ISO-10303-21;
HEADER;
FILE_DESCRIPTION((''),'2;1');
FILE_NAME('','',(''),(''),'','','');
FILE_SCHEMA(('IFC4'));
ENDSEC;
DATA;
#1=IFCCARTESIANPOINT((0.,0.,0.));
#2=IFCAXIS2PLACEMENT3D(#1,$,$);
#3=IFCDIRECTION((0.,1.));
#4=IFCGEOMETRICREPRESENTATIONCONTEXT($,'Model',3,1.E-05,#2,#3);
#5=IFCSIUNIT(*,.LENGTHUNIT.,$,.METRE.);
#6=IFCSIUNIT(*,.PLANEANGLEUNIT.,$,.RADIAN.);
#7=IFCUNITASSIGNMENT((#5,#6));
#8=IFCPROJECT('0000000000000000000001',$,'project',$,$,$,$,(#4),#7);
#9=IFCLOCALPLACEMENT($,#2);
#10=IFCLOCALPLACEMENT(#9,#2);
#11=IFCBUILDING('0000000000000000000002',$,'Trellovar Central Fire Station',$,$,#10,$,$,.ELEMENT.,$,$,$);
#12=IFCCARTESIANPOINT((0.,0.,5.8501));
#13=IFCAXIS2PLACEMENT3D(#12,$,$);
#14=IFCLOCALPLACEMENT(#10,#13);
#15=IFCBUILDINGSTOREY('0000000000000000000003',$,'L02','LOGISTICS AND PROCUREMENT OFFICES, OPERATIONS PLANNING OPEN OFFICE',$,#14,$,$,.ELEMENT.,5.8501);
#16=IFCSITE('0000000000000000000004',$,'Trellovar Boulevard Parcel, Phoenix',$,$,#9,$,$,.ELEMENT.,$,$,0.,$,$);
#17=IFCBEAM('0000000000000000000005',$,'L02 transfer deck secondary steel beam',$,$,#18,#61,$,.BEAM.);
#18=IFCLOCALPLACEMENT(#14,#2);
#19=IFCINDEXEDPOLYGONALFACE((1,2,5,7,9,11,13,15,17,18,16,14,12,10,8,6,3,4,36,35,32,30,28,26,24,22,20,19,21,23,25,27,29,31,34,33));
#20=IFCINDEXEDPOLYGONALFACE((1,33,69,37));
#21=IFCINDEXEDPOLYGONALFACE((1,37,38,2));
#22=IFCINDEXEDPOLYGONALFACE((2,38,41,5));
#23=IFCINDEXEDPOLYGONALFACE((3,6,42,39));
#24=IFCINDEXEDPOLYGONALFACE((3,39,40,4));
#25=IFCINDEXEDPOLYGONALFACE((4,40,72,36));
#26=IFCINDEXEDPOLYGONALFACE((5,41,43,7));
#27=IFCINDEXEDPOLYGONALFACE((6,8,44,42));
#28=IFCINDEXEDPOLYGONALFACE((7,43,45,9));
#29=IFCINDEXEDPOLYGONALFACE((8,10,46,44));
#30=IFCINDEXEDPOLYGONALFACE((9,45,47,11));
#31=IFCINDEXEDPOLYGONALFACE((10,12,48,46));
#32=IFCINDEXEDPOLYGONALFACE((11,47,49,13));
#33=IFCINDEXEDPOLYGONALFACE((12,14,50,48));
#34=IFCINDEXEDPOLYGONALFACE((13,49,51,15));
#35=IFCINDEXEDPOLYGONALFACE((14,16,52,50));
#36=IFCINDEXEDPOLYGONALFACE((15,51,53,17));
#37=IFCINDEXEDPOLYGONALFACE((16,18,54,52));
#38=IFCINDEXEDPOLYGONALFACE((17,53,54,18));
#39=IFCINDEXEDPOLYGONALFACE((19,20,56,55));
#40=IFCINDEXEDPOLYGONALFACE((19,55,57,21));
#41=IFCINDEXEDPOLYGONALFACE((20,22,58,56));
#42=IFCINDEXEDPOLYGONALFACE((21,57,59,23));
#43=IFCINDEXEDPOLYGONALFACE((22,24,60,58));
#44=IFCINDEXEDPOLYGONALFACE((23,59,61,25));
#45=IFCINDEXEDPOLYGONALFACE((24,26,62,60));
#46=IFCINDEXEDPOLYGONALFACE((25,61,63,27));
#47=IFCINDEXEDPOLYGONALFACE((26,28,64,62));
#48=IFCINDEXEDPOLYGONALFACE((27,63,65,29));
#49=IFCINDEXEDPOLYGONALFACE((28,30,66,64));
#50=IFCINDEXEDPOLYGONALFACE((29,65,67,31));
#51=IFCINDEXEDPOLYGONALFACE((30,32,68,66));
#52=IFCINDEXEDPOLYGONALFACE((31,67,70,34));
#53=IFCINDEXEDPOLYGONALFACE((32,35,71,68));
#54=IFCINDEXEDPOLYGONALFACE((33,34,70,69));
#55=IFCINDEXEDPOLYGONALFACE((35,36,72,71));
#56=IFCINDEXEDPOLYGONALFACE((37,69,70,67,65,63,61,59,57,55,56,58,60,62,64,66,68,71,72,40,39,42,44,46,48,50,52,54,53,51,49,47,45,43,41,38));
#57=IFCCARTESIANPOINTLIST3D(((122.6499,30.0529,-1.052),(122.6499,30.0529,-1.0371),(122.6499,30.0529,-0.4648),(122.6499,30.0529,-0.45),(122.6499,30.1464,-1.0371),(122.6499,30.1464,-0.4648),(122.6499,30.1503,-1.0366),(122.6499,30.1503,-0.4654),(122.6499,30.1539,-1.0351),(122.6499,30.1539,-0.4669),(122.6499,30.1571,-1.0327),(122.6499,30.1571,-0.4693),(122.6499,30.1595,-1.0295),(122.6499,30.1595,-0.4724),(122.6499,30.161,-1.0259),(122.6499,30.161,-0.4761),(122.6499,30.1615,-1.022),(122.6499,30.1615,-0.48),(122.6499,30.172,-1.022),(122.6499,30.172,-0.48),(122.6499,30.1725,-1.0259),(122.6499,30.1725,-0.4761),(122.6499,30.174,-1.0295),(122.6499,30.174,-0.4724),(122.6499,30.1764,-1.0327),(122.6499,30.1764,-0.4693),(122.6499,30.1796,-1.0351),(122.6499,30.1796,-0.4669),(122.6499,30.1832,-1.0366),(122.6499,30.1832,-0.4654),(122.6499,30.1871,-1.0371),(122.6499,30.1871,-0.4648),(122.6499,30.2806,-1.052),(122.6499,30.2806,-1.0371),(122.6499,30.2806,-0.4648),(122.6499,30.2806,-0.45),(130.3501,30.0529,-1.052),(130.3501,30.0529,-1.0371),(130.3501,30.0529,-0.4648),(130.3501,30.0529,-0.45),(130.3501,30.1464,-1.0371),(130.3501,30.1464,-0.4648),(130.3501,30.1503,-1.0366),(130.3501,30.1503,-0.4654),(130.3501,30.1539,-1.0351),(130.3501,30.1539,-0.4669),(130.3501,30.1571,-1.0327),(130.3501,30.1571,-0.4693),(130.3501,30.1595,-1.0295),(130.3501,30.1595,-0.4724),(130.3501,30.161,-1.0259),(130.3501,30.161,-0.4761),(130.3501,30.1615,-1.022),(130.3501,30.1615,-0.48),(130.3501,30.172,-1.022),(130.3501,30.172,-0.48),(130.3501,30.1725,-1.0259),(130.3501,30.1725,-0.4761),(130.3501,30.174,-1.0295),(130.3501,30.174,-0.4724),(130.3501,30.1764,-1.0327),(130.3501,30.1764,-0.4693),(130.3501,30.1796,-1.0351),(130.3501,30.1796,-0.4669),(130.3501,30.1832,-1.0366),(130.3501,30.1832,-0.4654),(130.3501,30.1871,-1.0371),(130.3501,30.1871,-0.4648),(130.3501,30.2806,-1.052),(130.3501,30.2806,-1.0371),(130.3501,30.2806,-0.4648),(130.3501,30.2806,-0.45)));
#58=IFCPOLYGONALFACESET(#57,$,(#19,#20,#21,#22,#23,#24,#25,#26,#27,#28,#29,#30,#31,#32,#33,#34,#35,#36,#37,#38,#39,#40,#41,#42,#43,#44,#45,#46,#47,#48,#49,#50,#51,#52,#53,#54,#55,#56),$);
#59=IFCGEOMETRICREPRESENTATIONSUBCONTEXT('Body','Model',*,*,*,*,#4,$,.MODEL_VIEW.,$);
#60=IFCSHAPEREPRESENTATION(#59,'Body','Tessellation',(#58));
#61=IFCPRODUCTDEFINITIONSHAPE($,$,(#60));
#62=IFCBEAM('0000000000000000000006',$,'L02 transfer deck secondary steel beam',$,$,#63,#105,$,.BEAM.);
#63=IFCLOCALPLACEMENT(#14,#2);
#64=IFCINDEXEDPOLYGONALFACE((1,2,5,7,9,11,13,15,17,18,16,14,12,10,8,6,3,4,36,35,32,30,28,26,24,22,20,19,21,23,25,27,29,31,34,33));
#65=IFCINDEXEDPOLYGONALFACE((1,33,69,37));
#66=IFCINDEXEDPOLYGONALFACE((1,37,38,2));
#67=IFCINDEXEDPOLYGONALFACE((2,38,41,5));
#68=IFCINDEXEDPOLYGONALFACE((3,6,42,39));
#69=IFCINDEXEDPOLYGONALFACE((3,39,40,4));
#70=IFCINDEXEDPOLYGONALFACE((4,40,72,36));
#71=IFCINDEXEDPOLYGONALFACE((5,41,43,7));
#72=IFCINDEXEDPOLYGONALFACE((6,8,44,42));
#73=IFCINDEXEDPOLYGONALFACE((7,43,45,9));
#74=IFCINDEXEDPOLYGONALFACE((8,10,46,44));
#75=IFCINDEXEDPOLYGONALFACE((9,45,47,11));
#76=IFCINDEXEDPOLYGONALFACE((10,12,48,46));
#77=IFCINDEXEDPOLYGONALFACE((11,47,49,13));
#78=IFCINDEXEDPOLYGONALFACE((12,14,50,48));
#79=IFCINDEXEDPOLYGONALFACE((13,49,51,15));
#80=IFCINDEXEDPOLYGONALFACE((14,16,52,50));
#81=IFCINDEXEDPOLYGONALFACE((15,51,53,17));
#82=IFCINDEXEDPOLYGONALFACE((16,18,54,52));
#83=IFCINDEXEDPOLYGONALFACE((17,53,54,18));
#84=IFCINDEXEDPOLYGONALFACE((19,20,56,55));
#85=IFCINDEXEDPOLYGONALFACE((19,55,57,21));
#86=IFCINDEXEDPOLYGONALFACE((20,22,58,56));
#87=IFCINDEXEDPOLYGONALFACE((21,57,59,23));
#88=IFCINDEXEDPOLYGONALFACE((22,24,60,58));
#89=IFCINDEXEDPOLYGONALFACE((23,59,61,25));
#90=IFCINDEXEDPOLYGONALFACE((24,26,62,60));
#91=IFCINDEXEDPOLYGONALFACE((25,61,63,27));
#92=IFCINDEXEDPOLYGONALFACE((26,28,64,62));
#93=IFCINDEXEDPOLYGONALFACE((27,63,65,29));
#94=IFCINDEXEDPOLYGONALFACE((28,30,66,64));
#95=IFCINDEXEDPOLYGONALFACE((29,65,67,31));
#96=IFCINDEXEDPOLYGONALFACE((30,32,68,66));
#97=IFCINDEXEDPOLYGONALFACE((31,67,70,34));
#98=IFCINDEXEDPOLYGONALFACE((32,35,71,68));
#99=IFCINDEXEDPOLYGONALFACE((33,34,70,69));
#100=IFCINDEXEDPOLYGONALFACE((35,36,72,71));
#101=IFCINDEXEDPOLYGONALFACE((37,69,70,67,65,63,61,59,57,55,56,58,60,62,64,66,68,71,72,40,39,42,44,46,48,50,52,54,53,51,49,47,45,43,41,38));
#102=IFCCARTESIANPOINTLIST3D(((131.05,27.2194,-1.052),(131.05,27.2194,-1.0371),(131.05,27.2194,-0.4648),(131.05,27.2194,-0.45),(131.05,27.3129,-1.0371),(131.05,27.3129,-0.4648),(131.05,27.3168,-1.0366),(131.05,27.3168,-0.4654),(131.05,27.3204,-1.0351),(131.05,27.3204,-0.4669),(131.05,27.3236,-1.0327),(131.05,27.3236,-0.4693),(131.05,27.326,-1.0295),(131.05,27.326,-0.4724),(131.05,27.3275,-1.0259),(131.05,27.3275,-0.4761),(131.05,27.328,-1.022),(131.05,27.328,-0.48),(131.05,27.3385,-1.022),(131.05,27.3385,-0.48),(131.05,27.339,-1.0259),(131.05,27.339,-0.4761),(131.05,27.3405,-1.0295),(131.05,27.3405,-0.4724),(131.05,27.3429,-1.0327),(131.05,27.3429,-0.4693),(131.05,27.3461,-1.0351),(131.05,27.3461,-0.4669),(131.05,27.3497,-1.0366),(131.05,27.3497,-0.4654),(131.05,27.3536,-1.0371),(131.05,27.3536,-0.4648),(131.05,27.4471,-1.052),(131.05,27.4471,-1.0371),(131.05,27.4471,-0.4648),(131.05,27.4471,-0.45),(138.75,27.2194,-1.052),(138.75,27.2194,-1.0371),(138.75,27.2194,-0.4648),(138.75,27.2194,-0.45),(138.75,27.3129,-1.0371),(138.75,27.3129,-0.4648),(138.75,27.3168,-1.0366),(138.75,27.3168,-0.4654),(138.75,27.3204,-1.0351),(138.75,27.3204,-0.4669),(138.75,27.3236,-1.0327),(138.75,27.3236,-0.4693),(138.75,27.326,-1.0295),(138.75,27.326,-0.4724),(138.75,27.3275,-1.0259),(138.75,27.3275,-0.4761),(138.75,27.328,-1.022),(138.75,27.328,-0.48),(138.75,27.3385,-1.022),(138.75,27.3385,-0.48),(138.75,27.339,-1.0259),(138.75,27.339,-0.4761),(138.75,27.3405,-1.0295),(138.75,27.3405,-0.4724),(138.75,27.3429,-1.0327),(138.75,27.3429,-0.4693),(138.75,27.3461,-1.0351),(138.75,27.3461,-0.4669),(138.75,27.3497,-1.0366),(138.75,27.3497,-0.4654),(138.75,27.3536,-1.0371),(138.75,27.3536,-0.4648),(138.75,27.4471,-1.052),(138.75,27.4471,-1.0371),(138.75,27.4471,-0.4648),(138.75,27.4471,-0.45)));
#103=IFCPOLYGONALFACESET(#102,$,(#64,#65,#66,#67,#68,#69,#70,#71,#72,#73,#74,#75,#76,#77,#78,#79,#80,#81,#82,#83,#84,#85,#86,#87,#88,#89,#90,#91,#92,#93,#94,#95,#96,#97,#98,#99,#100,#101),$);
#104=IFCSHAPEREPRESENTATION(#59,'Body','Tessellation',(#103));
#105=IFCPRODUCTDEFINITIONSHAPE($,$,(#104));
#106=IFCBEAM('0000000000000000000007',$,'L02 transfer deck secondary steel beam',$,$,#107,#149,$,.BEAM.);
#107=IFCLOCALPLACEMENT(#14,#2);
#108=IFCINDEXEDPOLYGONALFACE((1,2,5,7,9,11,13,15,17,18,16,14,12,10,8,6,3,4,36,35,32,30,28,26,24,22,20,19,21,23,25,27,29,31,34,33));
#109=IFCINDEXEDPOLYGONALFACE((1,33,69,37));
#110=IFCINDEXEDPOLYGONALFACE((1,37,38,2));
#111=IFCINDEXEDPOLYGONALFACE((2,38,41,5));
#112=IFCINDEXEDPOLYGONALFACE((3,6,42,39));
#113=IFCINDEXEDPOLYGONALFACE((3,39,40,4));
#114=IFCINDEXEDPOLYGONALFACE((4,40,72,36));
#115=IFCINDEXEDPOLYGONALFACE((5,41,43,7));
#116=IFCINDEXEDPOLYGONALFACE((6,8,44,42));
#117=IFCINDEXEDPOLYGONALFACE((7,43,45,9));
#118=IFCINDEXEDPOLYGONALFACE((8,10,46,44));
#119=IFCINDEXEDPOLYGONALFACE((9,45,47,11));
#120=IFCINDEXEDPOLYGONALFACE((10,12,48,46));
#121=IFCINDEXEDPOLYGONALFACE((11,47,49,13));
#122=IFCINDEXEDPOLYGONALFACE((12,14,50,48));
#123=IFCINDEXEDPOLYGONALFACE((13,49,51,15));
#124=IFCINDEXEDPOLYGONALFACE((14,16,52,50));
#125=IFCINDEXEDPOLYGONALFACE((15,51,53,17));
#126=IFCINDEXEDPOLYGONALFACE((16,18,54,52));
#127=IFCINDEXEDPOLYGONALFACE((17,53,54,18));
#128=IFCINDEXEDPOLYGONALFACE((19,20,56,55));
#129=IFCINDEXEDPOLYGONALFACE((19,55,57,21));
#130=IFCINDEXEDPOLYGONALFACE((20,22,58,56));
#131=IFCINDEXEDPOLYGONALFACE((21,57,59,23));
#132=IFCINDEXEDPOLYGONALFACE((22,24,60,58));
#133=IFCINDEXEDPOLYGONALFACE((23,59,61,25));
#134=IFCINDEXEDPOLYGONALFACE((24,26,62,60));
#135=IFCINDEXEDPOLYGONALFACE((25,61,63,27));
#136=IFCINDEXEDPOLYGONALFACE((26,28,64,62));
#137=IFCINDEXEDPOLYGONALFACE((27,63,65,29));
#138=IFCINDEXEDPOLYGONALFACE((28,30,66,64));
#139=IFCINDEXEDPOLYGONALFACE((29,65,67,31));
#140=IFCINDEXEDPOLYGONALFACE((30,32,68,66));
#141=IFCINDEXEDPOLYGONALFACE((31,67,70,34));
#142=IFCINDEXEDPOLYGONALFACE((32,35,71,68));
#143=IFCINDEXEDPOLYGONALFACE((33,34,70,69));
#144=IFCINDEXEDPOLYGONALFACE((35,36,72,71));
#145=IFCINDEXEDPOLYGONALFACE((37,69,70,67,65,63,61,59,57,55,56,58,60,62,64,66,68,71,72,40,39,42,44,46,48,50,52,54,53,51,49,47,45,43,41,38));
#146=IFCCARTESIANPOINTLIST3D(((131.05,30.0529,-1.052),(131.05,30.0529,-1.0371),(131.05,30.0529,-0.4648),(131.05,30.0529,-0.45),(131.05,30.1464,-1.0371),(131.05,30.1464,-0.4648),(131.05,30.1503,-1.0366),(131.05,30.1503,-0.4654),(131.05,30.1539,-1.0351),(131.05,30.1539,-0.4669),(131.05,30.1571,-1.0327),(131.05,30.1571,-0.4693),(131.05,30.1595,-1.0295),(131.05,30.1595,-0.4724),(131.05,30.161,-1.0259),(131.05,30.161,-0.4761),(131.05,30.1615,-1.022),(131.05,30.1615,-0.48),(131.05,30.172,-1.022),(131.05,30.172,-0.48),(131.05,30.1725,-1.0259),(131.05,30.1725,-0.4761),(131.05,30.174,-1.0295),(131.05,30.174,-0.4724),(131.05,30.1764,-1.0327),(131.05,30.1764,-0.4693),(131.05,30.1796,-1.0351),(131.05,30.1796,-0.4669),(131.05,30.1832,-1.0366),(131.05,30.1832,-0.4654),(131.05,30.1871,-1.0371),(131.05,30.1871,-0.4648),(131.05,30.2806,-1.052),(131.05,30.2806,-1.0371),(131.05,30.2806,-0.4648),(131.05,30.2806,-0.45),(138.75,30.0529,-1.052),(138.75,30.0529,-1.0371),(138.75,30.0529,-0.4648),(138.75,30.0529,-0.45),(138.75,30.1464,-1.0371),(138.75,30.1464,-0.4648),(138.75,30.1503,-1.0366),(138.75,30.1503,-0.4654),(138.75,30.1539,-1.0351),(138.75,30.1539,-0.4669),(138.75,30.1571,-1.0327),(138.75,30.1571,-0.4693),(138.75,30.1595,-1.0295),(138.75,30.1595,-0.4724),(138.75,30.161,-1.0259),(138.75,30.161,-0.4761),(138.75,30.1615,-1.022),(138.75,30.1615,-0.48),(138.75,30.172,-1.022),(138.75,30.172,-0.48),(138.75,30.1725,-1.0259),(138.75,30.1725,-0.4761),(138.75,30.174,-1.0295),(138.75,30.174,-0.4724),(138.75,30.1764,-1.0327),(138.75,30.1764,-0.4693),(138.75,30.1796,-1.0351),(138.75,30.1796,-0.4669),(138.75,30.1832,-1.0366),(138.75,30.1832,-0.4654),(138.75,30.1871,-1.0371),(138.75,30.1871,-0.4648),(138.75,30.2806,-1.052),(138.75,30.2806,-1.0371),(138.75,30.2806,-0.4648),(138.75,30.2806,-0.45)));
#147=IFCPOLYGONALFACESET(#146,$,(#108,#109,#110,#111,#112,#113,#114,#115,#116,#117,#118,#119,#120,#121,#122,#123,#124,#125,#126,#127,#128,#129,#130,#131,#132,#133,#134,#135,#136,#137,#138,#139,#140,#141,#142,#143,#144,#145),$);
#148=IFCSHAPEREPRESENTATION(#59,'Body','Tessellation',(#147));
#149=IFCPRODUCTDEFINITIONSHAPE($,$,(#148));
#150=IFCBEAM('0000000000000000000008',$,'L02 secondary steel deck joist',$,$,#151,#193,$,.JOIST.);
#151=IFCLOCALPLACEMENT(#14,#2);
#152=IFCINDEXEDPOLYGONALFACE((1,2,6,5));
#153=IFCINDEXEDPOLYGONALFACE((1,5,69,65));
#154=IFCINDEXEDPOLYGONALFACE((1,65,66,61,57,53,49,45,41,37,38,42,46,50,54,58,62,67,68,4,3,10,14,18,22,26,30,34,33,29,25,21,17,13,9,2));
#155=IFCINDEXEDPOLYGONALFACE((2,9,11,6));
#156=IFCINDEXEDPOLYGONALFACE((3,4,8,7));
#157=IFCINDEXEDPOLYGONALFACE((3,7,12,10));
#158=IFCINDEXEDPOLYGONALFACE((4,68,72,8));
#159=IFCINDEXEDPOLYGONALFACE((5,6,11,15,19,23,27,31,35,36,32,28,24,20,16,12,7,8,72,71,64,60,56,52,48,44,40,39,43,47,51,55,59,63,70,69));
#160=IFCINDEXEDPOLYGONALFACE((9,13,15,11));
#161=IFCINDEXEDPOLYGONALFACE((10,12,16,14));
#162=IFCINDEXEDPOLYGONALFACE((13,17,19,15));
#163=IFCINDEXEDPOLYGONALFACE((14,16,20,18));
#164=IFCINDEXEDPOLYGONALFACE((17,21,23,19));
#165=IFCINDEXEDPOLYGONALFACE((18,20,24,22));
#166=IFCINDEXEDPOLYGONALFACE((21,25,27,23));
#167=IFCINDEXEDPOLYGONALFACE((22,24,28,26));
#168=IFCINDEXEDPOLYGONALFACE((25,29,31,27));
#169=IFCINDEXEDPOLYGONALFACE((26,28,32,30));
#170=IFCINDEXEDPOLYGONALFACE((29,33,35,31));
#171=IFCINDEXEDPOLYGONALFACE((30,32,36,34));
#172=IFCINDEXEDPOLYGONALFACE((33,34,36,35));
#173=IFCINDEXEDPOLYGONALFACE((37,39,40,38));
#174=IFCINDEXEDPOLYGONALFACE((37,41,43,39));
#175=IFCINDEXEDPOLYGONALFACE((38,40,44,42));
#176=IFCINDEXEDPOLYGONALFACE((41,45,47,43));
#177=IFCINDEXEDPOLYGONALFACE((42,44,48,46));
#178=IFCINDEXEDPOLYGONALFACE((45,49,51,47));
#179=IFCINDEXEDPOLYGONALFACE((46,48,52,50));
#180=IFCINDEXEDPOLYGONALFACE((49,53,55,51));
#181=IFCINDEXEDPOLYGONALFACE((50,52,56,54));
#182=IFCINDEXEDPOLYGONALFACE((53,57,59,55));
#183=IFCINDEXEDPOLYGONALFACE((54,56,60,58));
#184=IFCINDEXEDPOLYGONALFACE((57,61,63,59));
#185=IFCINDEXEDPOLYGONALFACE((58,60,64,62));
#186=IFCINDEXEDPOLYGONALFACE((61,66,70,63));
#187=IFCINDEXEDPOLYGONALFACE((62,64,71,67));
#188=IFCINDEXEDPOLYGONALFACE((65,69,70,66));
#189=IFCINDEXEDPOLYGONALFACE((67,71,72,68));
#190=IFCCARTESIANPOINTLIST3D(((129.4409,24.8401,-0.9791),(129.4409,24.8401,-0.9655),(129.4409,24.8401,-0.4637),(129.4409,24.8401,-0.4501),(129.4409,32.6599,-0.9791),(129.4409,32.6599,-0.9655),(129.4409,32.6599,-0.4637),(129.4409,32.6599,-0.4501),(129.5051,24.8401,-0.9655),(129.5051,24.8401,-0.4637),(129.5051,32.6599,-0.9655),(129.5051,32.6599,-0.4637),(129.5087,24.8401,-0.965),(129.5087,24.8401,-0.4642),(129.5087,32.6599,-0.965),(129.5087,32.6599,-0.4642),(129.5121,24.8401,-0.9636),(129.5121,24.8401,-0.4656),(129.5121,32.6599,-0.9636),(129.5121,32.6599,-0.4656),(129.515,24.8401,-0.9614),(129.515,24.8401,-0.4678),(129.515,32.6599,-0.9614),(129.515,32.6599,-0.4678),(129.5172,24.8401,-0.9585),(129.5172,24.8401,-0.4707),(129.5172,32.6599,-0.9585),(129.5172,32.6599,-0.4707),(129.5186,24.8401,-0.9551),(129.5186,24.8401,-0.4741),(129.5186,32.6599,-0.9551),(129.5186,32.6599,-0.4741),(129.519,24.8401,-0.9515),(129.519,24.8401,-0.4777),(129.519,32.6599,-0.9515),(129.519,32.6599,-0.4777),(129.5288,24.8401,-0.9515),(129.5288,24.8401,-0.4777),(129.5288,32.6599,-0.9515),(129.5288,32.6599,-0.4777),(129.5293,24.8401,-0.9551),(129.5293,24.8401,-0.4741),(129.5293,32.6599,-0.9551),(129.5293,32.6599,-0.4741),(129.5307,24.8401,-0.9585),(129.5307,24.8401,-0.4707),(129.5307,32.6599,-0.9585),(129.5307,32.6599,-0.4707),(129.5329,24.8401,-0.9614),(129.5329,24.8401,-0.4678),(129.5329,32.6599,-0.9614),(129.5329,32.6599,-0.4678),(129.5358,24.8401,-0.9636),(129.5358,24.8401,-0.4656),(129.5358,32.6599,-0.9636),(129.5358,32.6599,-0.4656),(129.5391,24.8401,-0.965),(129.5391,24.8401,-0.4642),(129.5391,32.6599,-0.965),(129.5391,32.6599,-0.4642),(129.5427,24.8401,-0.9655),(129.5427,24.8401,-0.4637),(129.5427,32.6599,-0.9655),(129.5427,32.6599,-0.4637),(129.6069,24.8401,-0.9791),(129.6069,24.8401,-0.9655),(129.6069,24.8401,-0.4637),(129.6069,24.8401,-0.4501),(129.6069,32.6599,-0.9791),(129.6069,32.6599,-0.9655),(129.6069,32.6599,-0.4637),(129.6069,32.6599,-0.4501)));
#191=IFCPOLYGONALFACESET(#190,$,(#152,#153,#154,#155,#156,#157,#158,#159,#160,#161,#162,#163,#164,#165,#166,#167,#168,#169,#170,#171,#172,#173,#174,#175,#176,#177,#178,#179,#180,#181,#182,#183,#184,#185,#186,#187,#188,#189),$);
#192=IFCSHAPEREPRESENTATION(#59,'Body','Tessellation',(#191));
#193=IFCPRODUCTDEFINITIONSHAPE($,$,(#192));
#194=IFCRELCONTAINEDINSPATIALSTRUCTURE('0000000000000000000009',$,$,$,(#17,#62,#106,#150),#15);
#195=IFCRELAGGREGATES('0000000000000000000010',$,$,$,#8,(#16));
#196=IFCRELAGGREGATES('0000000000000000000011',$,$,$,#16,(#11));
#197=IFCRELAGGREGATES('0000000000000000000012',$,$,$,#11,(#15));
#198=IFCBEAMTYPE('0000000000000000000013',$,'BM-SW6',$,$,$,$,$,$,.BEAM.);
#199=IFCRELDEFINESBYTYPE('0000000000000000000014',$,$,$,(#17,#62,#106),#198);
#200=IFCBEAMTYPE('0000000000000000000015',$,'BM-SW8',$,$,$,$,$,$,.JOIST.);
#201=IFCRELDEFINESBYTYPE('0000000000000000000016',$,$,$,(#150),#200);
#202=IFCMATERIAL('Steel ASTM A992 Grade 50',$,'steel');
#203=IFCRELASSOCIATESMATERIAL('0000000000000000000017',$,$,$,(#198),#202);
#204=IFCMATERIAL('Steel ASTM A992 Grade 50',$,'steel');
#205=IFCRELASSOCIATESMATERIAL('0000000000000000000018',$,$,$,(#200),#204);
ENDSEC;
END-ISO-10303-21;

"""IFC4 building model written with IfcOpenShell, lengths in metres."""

from ifc_helpers import new_model, si_unit, direction, frame, origin, origin_2d, place, context, subcontext, project, spatial, i_section, extrude, material, material_profile, profile_set, type_object, element, save


model = new_model("IFC4")

# Units and contexts
model_context = context("Model", 3, precision=1e-05, world=origin(), true_north=direction((0.0, 1.0)))
body_context = subcontext(model_context, "Body", "Model", "MODEL_VIEW")
ifc_project = project(units=[si_unit("LENGTHUNIT", "METRE"), si_unit("PLANEANGLEUNIT", "RADIAN")], contexts=[model_context])

# Site, building, storey
site_placement = place(None, origin())
site = spatial("IfcSite", under=ifc_project, at=site_placement, Name="Trellovar Boulevard Parcel, Phoenix", CompositionType="ELEMENT", RefElevation=0.0)
building_placement = place(site_placement, origin())
building = spatial("IfcBuilding", under=site, at=building_placement, Name="Trellovar Central Fire Station", CompositionType="ELEMENT")
storey_placement = place(building_placement, frame((0.0, 0.0, 5.8501)))
storey = spatial("IfcBuildingStorey", under=building, at=storey_placement, Name="L02", Description="LOGISTICS AND PROCUREMENT OFFICES, OPERATIONS PLANNING OPEN OFFICE", CompositionType="ELEMENT", Elevation=5.8501)

# Beams
ifc_material_1 = material(Name="Steel ASTM A992 Grade 50", Category="steel")
ifc_material_profile_1 = material_profile(ifc_material_1, i_section(OverallWidth=0.2278, OverallDepth=0.6021, WebThickness=0.0105, FlangeThickness=0.0149, FilletRadius=0.0151, at=origin_2d()), Name="W24X68")
ifc_profile_set_1 = profile_set([ifc_material_profile_1], Name="Steel ASTM A992 Grade 50")
beam_type_1 = type_object("IfcBeamType", Name="BM-SW6", PredefinedType="BEAM", material=ifc_profile_set_1)
beam_1_placement = place(storey_placement, frame((122.6499, 30.1667, -0.751), z_axis=(1.0, 0.0, 0.0), x_axis=(0.0, 1.0, 0.0)))
element("IfcBeam", 1, at=beam_1_placement, inside=storey, type_object=beam_type_1, Name="L02 transfer deck secondary steel beam", PredefinedType="BEAM", context=body_context, shape_type="SweptSolid", body=[
    extrude(i_section(OverallWidth=0.2278, OverallDepth=0.6021, WebThickness=0.0105, FlangeThickness=0.0149, FilletRadius=0.0151, at=origin_2d()), origin(), (0.0, 0.0, 1.0), 7.7002),
])
for number, where, z_axis, x_axis, name in (
    (2, (131.05, 27.3333, -0.751), (1.0, 0.0, 0.0), (0.0, 1.0, 0.0), "L02 transfer deck secondary steel beam"),
    (3, (131.05, 30.1667, -0.751), (1.0, 0.0, 0.0), (0.0, 1.0, 0.0), "L02 transfer deck secondary steel beam"),
):
    element("IfcBeam", number, at=place(storey_placement, frame(where, z_axis=z_axis, x_axis=x_axis)), inside=storey, type_object=beam_type_1, Name=name, PredefinedType="BEAM", context=body_context, shape_type="SweptSolid", body=[
        extrude(i_section(OverallWidth=0.2278, OverallDepth=0.6021, WebThickness=0.0105, FlangeThickness=0.0149, FilletRadius=0.0151, at=origin_2d()), origin(), (0.0, 0.0, 1.0), 7.7),
    ])
ifc_material_2 = material(Name="Steel ASTM A992 Grade 50", Category="steel")
ifc_material_profile_2 = material_profile(ifc_material_2, i_section(OverallWidth=0.166, OverallDepth=0.5291, WebThickness=0.0098, FlangeThickness=0.0137, FilletRadius=0.0139, at=origin_2d()), Name="W21X50")
ifc_profile_set_2 = profile_set([ifc_material_profile_2], Name="Steel ASTM A992 Grade 50")
beam_type_2 = type_object("IfcBeamType", Name="BM-SW8", PredefinedType="JOIST", material=ifc_profile_set_2)
beam_2_placement = place(storey_placement, frame((129.5239, 24.8401, -0.7146), z_axis=(0.0, 1.0, 0.0), x_axis=(-1.0, 0.0, 0.0)))
element("IfcBeam", 4, at=beam_2_placement, inside=storey, type_object=beam_type_2, Name="L02 secondary steel deck joist", PredefinedType="JOIST", context=body_context, shape_type="SweptSolid", body=[
    extrude(i_section(OverallWidth=0.166, OverallDepth=0.5291, WebThickness=0.0098, FlangeThickness=0.0137, FilletRadius=0.0139, at=origin_2d()), origin(), (0.0, 0.0, 1.0), 7.8198),
])

save(model, "model.ifc")
